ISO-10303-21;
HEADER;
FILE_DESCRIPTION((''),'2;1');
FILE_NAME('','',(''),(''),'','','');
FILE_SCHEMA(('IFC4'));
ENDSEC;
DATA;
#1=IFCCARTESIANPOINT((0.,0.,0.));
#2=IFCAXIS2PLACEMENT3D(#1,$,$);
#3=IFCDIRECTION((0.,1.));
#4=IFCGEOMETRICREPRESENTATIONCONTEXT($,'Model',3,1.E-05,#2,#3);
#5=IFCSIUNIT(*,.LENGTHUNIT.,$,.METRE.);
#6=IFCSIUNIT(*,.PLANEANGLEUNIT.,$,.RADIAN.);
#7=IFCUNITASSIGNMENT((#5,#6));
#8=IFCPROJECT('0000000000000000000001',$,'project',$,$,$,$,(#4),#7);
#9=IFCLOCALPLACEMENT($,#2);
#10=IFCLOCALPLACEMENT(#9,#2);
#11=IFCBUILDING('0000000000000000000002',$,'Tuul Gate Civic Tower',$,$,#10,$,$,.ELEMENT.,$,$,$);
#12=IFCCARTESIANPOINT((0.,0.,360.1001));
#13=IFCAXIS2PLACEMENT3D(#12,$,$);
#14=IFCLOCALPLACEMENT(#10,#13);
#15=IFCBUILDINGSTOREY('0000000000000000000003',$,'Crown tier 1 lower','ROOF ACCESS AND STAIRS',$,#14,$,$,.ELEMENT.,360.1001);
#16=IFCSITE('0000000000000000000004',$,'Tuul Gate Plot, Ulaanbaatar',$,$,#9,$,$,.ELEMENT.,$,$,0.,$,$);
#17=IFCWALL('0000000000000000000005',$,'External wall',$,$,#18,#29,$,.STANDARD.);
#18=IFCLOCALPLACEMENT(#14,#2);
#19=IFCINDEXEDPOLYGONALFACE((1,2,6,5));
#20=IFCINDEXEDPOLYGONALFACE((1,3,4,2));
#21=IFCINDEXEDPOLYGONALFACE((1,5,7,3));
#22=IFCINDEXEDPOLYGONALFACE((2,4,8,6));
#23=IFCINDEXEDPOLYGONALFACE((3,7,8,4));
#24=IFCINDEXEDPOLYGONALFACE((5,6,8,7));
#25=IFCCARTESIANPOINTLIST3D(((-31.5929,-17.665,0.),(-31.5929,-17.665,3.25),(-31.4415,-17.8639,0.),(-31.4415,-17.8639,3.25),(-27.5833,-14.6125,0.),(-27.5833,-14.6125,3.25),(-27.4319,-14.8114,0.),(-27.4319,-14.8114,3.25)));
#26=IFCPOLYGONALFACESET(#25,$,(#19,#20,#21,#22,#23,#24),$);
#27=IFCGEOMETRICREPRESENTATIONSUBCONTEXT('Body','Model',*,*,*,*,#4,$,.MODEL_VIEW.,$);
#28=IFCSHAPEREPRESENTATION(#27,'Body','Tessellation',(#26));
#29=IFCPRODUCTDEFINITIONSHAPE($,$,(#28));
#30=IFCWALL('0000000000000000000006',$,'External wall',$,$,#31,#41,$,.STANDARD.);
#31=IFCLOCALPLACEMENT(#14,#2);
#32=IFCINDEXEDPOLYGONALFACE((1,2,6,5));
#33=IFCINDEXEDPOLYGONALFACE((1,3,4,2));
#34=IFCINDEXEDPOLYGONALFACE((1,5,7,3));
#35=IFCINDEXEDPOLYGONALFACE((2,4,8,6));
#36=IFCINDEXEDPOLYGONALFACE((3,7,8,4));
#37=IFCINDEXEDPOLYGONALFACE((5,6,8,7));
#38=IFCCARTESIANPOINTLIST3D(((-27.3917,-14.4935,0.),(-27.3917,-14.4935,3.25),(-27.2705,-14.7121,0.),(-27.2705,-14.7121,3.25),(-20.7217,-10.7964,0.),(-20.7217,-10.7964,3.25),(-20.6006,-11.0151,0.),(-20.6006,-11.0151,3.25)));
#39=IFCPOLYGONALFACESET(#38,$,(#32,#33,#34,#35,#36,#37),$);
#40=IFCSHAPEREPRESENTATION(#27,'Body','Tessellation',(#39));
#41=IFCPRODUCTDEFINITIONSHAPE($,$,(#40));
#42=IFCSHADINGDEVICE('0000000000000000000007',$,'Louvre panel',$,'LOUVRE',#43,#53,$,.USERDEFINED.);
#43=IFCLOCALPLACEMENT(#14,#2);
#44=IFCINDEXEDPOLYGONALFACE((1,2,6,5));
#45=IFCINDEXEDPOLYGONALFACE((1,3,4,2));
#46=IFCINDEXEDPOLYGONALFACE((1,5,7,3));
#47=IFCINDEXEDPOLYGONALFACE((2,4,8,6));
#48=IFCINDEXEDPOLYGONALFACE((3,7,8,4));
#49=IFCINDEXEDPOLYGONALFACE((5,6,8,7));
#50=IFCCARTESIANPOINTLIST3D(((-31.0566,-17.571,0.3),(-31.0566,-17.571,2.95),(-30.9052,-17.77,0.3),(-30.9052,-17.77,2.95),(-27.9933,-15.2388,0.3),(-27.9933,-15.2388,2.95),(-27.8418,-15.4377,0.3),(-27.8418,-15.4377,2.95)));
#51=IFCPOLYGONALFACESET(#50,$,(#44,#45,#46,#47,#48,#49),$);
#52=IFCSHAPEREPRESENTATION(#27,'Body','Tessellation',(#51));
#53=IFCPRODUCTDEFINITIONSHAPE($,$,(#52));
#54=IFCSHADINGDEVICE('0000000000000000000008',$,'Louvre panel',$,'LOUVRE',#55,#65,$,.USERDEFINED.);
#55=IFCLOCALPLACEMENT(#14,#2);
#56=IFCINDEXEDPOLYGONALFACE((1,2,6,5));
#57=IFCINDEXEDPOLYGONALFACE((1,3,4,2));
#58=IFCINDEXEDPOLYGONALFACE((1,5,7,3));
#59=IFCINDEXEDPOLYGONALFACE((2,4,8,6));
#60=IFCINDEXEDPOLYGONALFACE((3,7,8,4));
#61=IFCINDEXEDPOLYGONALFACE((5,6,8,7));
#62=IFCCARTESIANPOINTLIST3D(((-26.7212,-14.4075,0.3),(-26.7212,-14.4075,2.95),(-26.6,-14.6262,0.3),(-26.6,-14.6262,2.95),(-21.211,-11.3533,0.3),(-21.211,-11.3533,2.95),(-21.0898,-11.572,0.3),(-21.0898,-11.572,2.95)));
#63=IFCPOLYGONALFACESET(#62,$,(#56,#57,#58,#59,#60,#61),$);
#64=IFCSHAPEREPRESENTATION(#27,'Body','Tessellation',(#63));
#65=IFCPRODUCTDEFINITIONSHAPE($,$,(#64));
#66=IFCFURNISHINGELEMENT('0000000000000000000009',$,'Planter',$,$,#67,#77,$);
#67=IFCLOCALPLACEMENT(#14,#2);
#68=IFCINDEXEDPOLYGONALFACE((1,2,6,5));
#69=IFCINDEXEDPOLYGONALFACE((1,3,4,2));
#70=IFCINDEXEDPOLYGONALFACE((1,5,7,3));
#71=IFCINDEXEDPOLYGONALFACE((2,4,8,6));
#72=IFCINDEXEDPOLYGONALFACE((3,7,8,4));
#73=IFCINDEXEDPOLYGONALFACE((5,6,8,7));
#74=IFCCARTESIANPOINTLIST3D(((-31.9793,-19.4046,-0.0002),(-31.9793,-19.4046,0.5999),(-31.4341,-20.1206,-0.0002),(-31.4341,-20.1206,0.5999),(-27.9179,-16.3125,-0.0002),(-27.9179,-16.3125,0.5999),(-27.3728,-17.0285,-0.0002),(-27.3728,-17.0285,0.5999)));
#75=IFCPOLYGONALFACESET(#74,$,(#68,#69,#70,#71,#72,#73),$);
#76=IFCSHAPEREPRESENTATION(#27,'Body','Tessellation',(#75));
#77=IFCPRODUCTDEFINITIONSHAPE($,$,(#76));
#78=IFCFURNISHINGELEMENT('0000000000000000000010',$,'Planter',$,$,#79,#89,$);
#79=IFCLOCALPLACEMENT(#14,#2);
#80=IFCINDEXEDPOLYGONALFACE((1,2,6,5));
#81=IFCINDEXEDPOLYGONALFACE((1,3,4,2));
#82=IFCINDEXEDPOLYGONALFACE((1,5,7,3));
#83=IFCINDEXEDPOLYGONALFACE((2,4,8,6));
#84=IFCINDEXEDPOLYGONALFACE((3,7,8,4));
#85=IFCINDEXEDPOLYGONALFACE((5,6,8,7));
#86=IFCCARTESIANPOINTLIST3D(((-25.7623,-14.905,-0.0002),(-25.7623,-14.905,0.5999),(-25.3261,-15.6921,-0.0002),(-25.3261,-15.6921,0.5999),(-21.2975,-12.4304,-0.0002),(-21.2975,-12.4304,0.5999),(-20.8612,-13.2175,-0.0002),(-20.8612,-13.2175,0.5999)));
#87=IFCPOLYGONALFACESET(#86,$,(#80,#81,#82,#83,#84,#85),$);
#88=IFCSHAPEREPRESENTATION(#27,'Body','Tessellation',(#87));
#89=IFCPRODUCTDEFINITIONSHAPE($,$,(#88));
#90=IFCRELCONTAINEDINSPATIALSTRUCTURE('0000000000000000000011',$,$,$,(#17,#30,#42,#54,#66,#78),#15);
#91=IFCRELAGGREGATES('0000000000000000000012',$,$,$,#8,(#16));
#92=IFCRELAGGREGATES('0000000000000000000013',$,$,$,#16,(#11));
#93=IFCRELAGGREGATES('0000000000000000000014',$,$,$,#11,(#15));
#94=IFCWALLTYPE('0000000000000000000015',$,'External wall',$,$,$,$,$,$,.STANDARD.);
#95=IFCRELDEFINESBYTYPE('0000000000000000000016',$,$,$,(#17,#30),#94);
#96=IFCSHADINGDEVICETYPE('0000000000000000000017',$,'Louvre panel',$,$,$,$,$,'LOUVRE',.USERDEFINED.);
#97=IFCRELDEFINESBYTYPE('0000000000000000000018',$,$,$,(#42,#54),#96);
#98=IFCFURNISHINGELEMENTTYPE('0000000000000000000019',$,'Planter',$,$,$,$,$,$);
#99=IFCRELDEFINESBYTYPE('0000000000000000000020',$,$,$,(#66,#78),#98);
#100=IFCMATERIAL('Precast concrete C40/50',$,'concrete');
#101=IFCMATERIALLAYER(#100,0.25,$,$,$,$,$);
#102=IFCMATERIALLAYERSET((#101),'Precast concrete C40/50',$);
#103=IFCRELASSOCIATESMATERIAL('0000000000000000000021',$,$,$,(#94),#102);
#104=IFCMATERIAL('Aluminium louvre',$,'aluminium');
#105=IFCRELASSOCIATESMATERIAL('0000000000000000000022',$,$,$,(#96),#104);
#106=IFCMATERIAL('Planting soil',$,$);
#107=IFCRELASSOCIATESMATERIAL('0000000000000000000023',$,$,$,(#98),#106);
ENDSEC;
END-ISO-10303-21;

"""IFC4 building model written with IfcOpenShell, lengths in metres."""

from ifc_helpers import new_model, si_unit, direction, frame, frame_2d, origin, origin_2d, place, context, subcontext, project, spatial, rectangle, extrude, material, layer, layer_set, type_object, element, save


model = new_model("IFC4")

# Units and contexts
model_context = context("Model", 3, precision=1e-05, world=origin(), true_north=direction((0.0, 1.0)))
body_context = subcontext(model_context, "Body", "Model", "MODEL_VIEW")
ifc_project = project(units=[si_unit("LENGTHUNIT", "METRE"), si_unit("PLANEANGLEUNIT", "RADIAN")], contexts=[model_context])

# Site, building, storey
site_placement = place(None, origin())
site = spatial("IfcSite", under=ifc_project, at=site_placement, Name="Tuul Gate Plot, Ulaanbaatar", CompositionType="ELEMENT", RefElevation=0.0)
building_placement = place(site_placement, origin())
building = spatial("IfcBuilding", under=site, at=building_placement, Name="Tuul Gate Civic Tower", CompositionType="ELEMENT")
storey_placement = place(building_placement, frame((0.0, 0.0, 360.1001)))
storey = spatial("IfcBuildingStorey", under=building, at=storey_placement, Name="Crown tier 1 lower", Description="ROOF ACCESS AND STAIRS", CompositionType="ELEMENT", Elevation=360.1001)

# Walls
ifc_material_1 = material(Name="Precast concrete C40/50", Category="concrete")
ifc_layer_1 = layer(ifc_material_1, 0.25)
ifc_layer_set_1 = layer_set([ifc_layer_1], Name="Precast concrete C40/50")
wall_type_1 = type_object("IfcWallType", Name="External wall", PredefinedType="STANDARD", material=ifc_layer_set_1)
wall_1_placement = place(storey_placement, frame((-31.5171, -17.7644, 0.0), z_axis=(0.0, 0.0, 1.0), x_axis=(0.79566, 0.605744, 0.0)))
element("IfcWall", 1, at=wall_1_placement, inside=storey, type_object=wall_type_1, Name="External wall", PredefinedType="STANDARD", context=body_context, shape_type="SweptSolid", body=[
    extrude(rectangle(XDim=5.0393, YDim=0.25, at=frame_2d((2.5195, 0.0))), origin(), (0.0, 0.0, 1.0), 3.25),
])
wall_2_placement = place(storey_placement, frame((-27.3311, -14.6028, 0.0), z_axis=(0.0, 0.0, 1.0), x_axis=(0.87463, 0.484792, 0.0)))
element("IfcWall", 2, at=wall_2_placement, inside=storey, type_object=wall_type_1, Name="External wall", PredefinedType="STANDARD", context=body_context, shape_type="SweptSolid", body=[
    extrude(rectangle(XDim=7.626, YDim=0.25, at=frame_2d((3.813, 0.0))), origin(), (0.0, 0.0, 1.0), 3.25),
])

# Shading devices
ifc_material_2 = material(Name="Aluminium louvre", Category="aluminium")
shading_device_type = type_object("IfcShadingDeviceType", Name="Louvre panel", ElementType="LOUVRE", PredefinedType="USERDEFINED", material=ifc_material_2)
shading_device_1_placement = place(storey_placement, frame((-29.4492, -16.5044, 0.3), z_axis=(0.0, 0.0, 1.0), x_axis=(0.605752, -0.795653, 0.0)))
element("IfcShadingDevice", 3, at=shading_device_1_placement, inside=storey, type_object=shading_device_type, Name="Louvre panel", ObjectType="LOUVRE", PredefinedType="USERDEFINED", context=body_context, shape_type="SweptSolid", body=[
    extrude(rectangle(XDim=0.25, YDim=3.8501, at=origin_2d()), origin(), (0.0, 0.0, 1.0), 2.6499),
])
shading_device_2_placement = place(storey_placement, frame((-23.9055, -12.9897, 0.3), z_axis=(0.0, 0.0, 1.0), x_axis=(0.484784, -0.874634, 0.0)))
element("IfcShadingDevice", 4, at=shading_device_2_placement, inside=storey, type_object=shading_device_type, Name="Louvre panel", ObjectType="LOUVRE", PredefinedType="USERDEFINED", context=body_context, shape_type="SweptSolid", body=[
    extrude(rectangle(XDim=0.25, YDim=6.3, at=origin_2d()), origin(), (0.0, 0.0, 1.0), 2.6499),
])

# Furnishing elements
ifc_material_3 = material(Name="Planting soil")
furnishing_element_type = type_object("IfcFurnishingElementType", Name="Planter", material=ifc_material_3)
furnishing_1_placement = place(storey_placement, frame((-29.676, -18.2166, -0.0002), z_axis=(0.0, 0.0, 1.0), x_axis=(0.795646, 0.605762, 0.0)))
element("IfcFurnishingElement", 5, at=furnishing_1_placement, inside=storey, type_object=furnishing_element_type, Name="Planter", context=body_context, shape_type="SweptSolid", body=[
    extrude(rectangle(XDim=5.1045, YDim=0.8999, at=origin_2d()), origin(), (0.0, 0.0, 1.0), 0.6001),
])
furnishing_2_placement = place(storey_placement, frame((-23.3118, -14.0613, -0.0002), z_axis=(0.0, 0.0, 1.0), x_axis=(0.874647, 0.48476, 0.0)))
element("IfcFurnishingElement", 6, at=furnishing_2_placement, inside=storey, type_object=furnishing_element_type, Name="Planter", context=body_context, shape_type="SweptSolid", body=[
    extrude(rectangle(XDim=5.1047, YDim=0.8999, at=origin_2d()), origin(), (0.0, 0.0, 1.0), 0.6001),
])

save(model, "model.ifc")
